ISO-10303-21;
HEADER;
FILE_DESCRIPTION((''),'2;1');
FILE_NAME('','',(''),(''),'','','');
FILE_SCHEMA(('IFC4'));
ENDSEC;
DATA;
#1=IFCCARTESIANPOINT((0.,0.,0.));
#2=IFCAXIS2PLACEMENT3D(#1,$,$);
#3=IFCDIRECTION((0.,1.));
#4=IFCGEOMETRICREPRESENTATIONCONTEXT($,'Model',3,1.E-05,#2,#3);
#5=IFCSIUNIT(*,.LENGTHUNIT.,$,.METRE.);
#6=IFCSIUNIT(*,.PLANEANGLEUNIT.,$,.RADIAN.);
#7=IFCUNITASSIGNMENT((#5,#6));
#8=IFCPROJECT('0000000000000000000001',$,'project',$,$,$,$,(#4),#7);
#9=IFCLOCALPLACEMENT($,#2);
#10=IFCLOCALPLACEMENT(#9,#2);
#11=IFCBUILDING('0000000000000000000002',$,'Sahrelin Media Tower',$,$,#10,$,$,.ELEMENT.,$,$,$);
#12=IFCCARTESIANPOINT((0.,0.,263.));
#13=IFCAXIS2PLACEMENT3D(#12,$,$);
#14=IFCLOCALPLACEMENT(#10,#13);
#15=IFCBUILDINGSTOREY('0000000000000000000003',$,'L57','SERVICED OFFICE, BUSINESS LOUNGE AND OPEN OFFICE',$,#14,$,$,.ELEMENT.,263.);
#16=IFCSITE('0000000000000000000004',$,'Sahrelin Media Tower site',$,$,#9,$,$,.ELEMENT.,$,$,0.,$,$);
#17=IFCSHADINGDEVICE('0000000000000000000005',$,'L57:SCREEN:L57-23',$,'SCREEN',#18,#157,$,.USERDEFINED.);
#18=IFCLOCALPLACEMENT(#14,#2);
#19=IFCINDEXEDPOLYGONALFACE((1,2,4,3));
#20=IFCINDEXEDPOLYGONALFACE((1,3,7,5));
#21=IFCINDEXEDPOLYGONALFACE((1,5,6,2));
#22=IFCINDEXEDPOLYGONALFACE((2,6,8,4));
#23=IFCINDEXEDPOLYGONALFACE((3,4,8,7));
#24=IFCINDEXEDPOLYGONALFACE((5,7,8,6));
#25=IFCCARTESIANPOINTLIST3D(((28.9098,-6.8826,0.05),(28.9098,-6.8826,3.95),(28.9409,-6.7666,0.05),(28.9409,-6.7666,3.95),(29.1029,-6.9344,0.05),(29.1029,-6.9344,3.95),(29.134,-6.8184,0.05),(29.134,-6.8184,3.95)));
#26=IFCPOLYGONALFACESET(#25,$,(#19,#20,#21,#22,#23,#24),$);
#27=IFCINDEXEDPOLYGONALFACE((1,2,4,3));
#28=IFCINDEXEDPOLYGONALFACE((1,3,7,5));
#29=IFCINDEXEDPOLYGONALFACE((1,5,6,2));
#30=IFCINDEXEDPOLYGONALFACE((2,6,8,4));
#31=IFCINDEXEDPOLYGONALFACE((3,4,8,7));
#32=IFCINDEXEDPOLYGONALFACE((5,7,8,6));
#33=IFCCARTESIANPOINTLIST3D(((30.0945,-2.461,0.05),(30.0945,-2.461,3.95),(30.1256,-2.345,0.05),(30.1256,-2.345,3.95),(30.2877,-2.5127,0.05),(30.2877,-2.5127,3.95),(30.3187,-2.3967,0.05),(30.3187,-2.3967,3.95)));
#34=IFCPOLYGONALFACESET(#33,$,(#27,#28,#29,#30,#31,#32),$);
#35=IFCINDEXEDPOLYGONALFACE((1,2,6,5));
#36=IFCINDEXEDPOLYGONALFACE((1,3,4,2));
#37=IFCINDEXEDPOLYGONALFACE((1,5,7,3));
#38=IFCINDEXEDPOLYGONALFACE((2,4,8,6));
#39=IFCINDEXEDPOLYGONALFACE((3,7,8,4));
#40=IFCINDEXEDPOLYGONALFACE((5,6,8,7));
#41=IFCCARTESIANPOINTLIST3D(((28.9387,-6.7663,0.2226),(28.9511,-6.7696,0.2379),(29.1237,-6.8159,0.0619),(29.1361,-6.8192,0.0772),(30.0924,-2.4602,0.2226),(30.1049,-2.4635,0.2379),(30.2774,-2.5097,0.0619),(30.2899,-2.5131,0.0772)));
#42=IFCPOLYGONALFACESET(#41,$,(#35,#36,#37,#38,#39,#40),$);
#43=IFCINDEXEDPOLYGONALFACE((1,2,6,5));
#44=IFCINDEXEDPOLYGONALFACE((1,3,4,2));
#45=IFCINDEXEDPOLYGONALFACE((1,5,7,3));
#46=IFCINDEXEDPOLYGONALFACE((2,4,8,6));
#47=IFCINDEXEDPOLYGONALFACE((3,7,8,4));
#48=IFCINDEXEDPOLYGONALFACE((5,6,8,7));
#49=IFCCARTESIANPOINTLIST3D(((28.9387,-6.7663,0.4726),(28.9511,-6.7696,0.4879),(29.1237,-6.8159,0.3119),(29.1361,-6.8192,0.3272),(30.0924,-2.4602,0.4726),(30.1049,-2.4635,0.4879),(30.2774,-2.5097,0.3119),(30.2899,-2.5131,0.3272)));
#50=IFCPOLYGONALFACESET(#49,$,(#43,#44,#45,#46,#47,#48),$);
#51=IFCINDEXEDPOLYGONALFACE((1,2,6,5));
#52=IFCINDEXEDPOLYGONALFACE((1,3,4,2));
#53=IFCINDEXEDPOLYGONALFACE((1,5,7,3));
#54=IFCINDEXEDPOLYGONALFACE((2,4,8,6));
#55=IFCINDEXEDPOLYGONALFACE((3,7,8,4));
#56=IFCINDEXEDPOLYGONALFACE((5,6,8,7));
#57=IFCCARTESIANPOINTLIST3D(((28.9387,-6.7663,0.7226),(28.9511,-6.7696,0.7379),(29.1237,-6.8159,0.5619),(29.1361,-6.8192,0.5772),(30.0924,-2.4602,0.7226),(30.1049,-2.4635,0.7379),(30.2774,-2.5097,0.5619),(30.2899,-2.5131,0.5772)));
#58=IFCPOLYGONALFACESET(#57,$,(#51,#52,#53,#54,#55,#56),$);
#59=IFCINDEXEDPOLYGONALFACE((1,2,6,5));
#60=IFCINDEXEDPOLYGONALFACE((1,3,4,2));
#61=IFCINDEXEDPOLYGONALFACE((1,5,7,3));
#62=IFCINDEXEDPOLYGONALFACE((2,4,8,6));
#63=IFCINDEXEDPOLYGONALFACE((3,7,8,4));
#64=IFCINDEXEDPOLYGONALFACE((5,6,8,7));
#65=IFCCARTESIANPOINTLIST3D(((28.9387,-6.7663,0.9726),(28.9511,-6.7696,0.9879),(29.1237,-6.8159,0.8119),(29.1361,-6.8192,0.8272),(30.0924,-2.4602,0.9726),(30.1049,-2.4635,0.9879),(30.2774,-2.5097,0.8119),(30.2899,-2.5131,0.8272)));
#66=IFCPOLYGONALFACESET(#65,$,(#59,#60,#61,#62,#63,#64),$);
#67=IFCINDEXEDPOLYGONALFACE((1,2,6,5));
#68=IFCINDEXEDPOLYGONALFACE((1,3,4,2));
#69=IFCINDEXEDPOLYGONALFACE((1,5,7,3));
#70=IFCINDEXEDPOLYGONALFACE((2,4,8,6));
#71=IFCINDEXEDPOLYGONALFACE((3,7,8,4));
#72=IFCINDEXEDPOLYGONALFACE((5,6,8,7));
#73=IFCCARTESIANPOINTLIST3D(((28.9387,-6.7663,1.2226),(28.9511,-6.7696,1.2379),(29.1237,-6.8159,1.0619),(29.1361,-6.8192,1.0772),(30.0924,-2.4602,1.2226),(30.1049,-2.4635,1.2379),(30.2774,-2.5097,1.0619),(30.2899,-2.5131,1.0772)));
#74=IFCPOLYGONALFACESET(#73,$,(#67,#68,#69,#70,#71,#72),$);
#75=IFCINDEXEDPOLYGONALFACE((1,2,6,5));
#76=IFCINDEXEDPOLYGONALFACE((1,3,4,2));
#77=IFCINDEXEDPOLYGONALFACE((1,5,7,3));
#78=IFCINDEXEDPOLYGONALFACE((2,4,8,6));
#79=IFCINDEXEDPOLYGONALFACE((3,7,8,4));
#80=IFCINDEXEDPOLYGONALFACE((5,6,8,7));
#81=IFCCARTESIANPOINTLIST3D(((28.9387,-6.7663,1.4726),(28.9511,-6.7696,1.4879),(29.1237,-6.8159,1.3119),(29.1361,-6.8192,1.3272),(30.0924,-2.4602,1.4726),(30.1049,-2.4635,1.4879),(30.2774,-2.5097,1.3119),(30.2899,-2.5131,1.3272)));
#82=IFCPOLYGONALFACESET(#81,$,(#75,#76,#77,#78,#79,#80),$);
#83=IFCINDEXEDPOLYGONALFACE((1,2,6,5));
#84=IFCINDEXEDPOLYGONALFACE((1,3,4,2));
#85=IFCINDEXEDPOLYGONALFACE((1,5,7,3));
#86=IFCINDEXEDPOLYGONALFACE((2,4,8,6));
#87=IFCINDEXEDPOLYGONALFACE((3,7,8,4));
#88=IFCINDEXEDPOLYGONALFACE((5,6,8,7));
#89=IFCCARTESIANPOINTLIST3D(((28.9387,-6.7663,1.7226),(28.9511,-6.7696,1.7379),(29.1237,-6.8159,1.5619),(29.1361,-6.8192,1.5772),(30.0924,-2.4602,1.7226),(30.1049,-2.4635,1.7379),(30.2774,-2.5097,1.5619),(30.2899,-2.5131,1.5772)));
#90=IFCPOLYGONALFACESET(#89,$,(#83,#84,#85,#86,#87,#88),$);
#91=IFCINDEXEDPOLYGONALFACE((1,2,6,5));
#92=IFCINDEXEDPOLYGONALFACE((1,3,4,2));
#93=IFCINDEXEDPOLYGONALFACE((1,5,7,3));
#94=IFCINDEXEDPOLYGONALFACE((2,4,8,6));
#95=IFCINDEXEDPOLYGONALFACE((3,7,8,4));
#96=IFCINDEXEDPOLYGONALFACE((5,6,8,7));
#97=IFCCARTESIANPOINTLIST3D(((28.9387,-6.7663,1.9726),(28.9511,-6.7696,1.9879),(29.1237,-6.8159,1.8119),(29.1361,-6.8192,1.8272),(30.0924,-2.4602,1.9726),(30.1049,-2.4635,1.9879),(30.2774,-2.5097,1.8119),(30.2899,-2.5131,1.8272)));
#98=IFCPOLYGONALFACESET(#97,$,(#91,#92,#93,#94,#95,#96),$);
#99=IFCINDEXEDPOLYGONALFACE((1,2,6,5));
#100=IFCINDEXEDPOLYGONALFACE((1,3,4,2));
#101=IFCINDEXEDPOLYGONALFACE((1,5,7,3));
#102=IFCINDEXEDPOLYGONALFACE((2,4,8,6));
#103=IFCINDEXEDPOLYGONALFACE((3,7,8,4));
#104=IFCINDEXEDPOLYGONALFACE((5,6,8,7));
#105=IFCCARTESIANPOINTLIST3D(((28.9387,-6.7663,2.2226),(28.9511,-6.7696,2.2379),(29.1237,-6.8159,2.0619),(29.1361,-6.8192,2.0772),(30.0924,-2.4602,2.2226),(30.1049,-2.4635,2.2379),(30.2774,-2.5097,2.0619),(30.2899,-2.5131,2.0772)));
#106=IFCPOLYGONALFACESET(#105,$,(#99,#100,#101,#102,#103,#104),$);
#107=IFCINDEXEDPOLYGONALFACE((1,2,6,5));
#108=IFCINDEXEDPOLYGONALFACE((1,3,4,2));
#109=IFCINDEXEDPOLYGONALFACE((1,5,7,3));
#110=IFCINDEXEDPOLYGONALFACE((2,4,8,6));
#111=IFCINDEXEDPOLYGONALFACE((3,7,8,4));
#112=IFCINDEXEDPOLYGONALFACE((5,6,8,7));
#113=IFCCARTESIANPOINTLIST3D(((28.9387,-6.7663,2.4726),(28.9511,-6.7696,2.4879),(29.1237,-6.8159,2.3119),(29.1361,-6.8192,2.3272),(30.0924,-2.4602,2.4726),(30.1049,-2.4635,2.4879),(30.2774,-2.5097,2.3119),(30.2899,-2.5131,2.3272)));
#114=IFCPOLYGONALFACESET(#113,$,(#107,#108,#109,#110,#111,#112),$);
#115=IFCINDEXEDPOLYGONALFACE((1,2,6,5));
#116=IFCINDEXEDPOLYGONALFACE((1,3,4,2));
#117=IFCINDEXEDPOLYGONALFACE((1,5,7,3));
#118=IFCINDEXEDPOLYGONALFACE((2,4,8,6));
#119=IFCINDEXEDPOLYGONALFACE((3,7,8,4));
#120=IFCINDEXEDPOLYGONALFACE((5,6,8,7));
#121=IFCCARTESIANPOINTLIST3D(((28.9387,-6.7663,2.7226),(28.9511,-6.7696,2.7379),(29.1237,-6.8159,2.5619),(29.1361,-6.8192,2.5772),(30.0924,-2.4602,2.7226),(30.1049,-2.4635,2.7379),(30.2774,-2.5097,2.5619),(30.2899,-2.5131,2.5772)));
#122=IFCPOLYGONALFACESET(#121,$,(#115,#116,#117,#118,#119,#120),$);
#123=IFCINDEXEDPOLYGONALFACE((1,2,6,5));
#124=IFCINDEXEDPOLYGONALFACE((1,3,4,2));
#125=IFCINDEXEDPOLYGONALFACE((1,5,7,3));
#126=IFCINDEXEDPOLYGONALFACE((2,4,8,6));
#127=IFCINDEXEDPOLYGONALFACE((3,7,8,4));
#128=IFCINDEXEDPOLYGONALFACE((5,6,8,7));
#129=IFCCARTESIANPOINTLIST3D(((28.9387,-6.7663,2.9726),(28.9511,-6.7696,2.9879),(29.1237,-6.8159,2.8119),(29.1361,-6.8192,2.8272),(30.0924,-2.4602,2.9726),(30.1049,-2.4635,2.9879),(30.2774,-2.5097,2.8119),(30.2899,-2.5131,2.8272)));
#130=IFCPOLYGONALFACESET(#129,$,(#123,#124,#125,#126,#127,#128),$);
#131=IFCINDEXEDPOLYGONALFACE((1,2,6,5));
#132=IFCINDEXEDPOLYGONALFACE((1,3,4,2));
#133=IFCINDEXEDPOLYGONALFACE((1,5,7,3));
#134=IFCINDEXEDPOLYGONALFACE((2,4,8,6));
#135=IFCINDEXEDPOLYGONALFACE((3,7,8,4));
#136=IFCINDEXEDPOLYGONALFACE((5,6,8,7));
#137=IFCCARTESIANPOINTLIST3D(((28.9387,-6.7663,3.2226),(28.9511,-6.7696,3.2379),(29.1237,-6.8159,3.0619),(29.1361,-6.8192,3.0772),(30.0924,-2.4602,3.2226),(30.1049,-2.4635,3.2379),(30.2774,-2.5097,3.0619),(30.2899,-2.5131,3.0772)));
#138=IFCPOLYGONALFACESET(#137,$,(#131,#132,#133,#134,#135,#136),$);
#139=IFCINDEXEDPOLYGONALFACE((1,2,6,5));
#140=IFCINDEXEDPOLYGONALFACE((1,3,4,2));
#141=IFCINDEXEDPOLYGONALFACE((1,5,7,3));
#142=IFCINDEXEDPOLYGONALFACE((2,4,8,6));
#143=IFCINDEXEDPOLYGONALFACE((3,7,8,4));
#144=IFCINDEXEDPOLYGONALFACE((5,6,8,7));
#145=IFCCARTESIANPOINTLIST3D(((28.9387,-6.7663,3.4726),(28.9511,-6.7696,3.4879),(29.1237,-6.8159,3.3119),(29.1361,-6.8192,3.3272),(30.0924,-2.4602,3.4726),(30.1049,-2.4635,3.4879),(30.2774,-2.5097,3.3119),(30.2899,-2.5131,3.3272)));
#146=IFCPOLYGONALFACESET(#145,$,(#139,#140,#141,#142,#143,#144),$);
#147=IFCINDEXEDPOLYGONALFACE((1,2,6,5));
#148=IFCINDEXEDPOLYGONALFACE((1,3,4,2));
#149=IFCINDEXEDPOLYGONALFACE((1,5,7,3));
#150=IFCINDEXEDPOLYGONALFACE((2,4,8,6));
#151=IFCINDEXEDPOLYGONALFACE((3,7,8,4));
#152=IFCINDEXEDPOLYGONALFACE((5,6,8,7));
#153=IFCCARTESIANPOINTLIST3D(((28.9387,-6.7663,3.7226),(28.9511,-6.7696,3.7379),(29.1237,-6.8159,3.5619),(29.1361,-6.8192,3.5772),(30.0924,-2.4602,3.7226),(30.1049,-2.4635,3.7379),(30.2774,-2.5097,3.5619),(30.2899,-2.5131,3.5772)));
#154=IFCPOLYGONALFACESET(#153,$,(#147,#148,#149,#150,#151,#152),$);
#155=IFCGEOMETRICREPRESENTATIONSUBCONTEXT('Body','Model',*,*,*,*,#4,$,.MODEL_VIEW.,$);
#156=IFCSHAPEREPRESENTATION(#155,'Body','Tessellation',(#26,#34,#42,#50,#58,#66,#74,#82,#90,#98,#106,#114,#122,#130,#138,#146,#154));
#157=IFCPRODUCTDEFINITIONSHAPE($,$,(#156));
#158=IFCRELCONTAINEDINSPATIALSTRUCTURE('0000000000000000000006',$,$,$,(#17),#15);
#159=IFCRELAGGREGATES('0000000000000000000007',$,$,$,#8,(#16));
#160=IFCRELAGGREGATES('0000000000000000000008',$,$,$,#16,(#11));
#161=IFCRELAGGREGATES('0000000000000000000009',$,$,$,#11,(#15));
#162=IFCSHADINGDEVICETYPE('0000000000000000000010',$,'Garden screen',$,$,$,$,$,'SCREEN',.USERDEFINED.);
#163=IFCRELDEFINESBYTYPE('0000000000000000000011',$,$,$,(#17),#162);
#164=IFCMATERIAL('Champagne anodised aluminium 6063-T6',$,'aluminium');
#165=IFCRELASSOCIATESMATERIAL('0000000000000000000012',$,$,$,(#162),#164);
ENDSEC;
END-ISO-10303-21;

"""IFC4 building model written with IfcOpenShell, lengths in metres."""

from ifc_helpers import new_model, si_unit, direction, frame, origin, origin_2d, place, context, subcontext, project, spatial, rectangle, extrude, material, type_object, element, save


model = new_model("IFC4")

# Units and contexts
model_context = context("Model", 3, precision=1e-05, world=origin(), true_north=direction((0.0, 1.0)))
body_context = subcontext(model_context, "Body", "Model", "MODEL_VIEW")
ifc_project = project(units=[si_unit("LENGTHUNIT", "METRE"), si_unit("PLANEANGLEUNIT", "RADIAN")], contexts=[model_context])

# Site, building, storey
site_placement = place(None, origin())
site = spatial("IfcSite", under=ifc_project, at=site_placement, Name="Sahrelin Media Tower site", CompositionType="ELEMENT", RefElevation=0.0)
building_placement = place(site_placement, origin())
building = spatial("IfcBuilding", under=site, at=building_placement, Name="Sahrelin Media Tower", CompositionType="ELEMENT")
storey_placement = place(building_placement, frame((0.0, 0.0, 263.0)))
storey = spatial("IfcBuildingStorey", under=building, at=storey_placement, Name="L57", Description="SERVICED OFFICE, BUSINESS LOUNGE AND OPEN OFFICE", CompositionType="ELEMENT", Elevation=263.0)

# Shared definitions
ifc_material_1 = material(Name="Champagne anodised aluminium 6063-T6", Category="aluminium")

# Shading device
shading_device_type_1 = type_object("IfcShadingDeviceType", Name="Garden screen", ElementType="SCREEN", PredefinedType="USERDEFINED", material=ifc_material_1)
shading_device_1_placement = place(storey_placement, frame((29.5176, -4.6138, 0.0), z_axis=(0.0, 0.0, 1.0), x_axis=(-0.258808, -0.965929, 0.0)))
element("IfcShadingDevice", 1, at=shading_device_1_placement, inside=storey, type_object=shading_device_type_1, Name="L57:SCREEN:L57-23", ObjectType="SCREEN", PredefinedType="USERDEFINED", context=body_context, shape_type="SweptSolid", body=[
    extrude(rectangle(XDim=0.1201, YDim=0.2, at=origin_2d()), frame((2.2888, 0.1001, 0.05), z_axis=(0.0, 0.0, 1.0), x_axis=(1.0, 0.0, 0.0)), (0.0, 0.0, 1.0), 3.8999),
    extrude(rectangle(XDim=0.1201, YDim=0.2, at=origin_2d()), frame((-2.2888, 0.1001, 0.05), z_axis=(0.0, 0.0, 1.0), x_axis=(1.0, 0.0, 0.0)), (0.0, 0.0, 1.0), 3.8999),
    extrude(rectangle(XDim=0.25, YDim=0.02, at=origin_2d()), frame((2.229, 0.1001, 0.1499), z_axis=(-1.0, 0.0, 0.0), x_axis=(0.0, -0.766044, 0.642788)), (0.0, 0.0, 1.0), 4.458),
    extrude(rectangle(XDim=0.25, YDim=0.02, at=origin_2d()), frame((2.229, 0.1001, 0.3999), z_axis=(-1.0, 0.0, 0.0), x_axis=(0.0, -0.766044, 0.642788)), (0.0, 0.0, 1.0), 4.458),
    extrude(rectangle(XDim=0.25, YDim=0.02, at=origin_2d()), frame((2.229, 0.1001, 0.6499), z_axis=(-1.0, 0.0, 0.0), x_axis=(0.0, -0.766044, 0.642788)), (0.0, 0.0, 1.0), 4.458),
    extrude(rectangle(XDim=0.25, YDim=0.02, at=origin_2d()), frame((2.229, 0.1001, 0.8999), z_axis=(-1.0, 0.0, 0.0), x_axis=(0.0, -0.766044, 0.642788)), (0.0, 0.0, 1.0), 4.458),
    extrude(rectangle(XDim=0.25, YDim=0.02, at=origin_2d()), frame((2.229, 0.1001, 1.1499), z_axis=(-1.0, 0.0, 0.0), x_axis=(0.0, -0.766044, 0.642788)), (0.0, 0.0, 1.0), 4.458),
    extrude(rectangle(XDim=0.25, YDim=0.02, at=origin_2d()), frame((2.229, 0.1001, 1.3999), z_axis=(-1.0, 0.0, 0.0), x_axis=(0.0, -0.766044, 0.642788)), (0.0, 0.0, 1.0), 4.458),
    extrude(rectangle(XDim=0.25, YDim=0.02, at=origin_2d()), frame((2.229, 0.1001, 1.6499), z_axis=(-1.0, 0.0, 0.0), x_axis=(0.0, -0.766044, 0.642788)), (0.0, 0.0, 1.0), 4.458),
    extrude(rectangle(XDim=0.25, YDim=0.02, at=origin_2d()), frame((2.229, 0.1001, 1.8999), z_axis=(-1.0, 0.0, 0.0), x_axis=(0.0, -0.766044, 0.642788)), (0.0, 0.0, 1.0), 4.458),
    extrude(rectangle(XDim=0.25, YDim=0.02, at=origin_2d()), frame((2.229, 0.1001, 2.1499), z_axis=(-1.0, 0.0, 0.0), x_axis=(0.0, -0.766044, 0.642788)), (0.0, 0.0, 1.0), 4.458),
    extrude(rectangle(XDim=0.25, YDim=0.02, at=origin_2d()), frame((2.229, 0.1001, 2.3999), z_axis=(-1.0, 0.0, 0.0), x_axis=(0.0, -0.766044, 0.642788)), (0.0, 0.0, 1.0), 4.458),
    extrude(rectangle(XDim=0.25, YDim=0.02, at=origin_2d()), frame((2.229, 0.1001, 2.6499), z_axis=(-1.0, 0.0, 0.0), x_axis=(0.0, -0.766044, 0.642788)), (0.0, 0.0, 1.0), 4.458),
    extrude(rectangle(XDim=0.25, YDim=0.02, at=origin_2d()), frame((2.229, 0.1001, 2.8999), z_axis=(-1.0, 0.0, 0.0), x_axis=(0.0, -0.766044, 0.642788)), (0.0, 0.0, 1.0), 4.458),
    extrude(rectangle(XDim=0.25, YDim=0.02, at=origin_2d()), frame((2.229, 0.1001, 3.1499), z_axis=(-1.0, 0.0, 0.0), x_axis=(0.0, -0.766044, 0.642788)), (0.0, 0.0, 1.0), 4.458),
    extrude(rectangle(XDim=0.25, YDim=0.02, at=origin_2d()), frame((2.229, 0.1001, 3.3999), z_axis=(-1.0, 0.0, 0.0), x_axis=(0.0, -0.766044, 0.642788)), (0.0, 0.0, 1.0), 4.458),
    extrude(rectangle(XDim=0.25, YDim=0.02, at=origin_2d()), frame((2.229, 0.1001, 3.6499), z_axis=(-1.0, 0.0, 0.0), x_axis=(0.0, -0.766044, 0.642788)), (0.0, 0.0, 1.0), 4.458),
])

save(model, "model.ifc")
